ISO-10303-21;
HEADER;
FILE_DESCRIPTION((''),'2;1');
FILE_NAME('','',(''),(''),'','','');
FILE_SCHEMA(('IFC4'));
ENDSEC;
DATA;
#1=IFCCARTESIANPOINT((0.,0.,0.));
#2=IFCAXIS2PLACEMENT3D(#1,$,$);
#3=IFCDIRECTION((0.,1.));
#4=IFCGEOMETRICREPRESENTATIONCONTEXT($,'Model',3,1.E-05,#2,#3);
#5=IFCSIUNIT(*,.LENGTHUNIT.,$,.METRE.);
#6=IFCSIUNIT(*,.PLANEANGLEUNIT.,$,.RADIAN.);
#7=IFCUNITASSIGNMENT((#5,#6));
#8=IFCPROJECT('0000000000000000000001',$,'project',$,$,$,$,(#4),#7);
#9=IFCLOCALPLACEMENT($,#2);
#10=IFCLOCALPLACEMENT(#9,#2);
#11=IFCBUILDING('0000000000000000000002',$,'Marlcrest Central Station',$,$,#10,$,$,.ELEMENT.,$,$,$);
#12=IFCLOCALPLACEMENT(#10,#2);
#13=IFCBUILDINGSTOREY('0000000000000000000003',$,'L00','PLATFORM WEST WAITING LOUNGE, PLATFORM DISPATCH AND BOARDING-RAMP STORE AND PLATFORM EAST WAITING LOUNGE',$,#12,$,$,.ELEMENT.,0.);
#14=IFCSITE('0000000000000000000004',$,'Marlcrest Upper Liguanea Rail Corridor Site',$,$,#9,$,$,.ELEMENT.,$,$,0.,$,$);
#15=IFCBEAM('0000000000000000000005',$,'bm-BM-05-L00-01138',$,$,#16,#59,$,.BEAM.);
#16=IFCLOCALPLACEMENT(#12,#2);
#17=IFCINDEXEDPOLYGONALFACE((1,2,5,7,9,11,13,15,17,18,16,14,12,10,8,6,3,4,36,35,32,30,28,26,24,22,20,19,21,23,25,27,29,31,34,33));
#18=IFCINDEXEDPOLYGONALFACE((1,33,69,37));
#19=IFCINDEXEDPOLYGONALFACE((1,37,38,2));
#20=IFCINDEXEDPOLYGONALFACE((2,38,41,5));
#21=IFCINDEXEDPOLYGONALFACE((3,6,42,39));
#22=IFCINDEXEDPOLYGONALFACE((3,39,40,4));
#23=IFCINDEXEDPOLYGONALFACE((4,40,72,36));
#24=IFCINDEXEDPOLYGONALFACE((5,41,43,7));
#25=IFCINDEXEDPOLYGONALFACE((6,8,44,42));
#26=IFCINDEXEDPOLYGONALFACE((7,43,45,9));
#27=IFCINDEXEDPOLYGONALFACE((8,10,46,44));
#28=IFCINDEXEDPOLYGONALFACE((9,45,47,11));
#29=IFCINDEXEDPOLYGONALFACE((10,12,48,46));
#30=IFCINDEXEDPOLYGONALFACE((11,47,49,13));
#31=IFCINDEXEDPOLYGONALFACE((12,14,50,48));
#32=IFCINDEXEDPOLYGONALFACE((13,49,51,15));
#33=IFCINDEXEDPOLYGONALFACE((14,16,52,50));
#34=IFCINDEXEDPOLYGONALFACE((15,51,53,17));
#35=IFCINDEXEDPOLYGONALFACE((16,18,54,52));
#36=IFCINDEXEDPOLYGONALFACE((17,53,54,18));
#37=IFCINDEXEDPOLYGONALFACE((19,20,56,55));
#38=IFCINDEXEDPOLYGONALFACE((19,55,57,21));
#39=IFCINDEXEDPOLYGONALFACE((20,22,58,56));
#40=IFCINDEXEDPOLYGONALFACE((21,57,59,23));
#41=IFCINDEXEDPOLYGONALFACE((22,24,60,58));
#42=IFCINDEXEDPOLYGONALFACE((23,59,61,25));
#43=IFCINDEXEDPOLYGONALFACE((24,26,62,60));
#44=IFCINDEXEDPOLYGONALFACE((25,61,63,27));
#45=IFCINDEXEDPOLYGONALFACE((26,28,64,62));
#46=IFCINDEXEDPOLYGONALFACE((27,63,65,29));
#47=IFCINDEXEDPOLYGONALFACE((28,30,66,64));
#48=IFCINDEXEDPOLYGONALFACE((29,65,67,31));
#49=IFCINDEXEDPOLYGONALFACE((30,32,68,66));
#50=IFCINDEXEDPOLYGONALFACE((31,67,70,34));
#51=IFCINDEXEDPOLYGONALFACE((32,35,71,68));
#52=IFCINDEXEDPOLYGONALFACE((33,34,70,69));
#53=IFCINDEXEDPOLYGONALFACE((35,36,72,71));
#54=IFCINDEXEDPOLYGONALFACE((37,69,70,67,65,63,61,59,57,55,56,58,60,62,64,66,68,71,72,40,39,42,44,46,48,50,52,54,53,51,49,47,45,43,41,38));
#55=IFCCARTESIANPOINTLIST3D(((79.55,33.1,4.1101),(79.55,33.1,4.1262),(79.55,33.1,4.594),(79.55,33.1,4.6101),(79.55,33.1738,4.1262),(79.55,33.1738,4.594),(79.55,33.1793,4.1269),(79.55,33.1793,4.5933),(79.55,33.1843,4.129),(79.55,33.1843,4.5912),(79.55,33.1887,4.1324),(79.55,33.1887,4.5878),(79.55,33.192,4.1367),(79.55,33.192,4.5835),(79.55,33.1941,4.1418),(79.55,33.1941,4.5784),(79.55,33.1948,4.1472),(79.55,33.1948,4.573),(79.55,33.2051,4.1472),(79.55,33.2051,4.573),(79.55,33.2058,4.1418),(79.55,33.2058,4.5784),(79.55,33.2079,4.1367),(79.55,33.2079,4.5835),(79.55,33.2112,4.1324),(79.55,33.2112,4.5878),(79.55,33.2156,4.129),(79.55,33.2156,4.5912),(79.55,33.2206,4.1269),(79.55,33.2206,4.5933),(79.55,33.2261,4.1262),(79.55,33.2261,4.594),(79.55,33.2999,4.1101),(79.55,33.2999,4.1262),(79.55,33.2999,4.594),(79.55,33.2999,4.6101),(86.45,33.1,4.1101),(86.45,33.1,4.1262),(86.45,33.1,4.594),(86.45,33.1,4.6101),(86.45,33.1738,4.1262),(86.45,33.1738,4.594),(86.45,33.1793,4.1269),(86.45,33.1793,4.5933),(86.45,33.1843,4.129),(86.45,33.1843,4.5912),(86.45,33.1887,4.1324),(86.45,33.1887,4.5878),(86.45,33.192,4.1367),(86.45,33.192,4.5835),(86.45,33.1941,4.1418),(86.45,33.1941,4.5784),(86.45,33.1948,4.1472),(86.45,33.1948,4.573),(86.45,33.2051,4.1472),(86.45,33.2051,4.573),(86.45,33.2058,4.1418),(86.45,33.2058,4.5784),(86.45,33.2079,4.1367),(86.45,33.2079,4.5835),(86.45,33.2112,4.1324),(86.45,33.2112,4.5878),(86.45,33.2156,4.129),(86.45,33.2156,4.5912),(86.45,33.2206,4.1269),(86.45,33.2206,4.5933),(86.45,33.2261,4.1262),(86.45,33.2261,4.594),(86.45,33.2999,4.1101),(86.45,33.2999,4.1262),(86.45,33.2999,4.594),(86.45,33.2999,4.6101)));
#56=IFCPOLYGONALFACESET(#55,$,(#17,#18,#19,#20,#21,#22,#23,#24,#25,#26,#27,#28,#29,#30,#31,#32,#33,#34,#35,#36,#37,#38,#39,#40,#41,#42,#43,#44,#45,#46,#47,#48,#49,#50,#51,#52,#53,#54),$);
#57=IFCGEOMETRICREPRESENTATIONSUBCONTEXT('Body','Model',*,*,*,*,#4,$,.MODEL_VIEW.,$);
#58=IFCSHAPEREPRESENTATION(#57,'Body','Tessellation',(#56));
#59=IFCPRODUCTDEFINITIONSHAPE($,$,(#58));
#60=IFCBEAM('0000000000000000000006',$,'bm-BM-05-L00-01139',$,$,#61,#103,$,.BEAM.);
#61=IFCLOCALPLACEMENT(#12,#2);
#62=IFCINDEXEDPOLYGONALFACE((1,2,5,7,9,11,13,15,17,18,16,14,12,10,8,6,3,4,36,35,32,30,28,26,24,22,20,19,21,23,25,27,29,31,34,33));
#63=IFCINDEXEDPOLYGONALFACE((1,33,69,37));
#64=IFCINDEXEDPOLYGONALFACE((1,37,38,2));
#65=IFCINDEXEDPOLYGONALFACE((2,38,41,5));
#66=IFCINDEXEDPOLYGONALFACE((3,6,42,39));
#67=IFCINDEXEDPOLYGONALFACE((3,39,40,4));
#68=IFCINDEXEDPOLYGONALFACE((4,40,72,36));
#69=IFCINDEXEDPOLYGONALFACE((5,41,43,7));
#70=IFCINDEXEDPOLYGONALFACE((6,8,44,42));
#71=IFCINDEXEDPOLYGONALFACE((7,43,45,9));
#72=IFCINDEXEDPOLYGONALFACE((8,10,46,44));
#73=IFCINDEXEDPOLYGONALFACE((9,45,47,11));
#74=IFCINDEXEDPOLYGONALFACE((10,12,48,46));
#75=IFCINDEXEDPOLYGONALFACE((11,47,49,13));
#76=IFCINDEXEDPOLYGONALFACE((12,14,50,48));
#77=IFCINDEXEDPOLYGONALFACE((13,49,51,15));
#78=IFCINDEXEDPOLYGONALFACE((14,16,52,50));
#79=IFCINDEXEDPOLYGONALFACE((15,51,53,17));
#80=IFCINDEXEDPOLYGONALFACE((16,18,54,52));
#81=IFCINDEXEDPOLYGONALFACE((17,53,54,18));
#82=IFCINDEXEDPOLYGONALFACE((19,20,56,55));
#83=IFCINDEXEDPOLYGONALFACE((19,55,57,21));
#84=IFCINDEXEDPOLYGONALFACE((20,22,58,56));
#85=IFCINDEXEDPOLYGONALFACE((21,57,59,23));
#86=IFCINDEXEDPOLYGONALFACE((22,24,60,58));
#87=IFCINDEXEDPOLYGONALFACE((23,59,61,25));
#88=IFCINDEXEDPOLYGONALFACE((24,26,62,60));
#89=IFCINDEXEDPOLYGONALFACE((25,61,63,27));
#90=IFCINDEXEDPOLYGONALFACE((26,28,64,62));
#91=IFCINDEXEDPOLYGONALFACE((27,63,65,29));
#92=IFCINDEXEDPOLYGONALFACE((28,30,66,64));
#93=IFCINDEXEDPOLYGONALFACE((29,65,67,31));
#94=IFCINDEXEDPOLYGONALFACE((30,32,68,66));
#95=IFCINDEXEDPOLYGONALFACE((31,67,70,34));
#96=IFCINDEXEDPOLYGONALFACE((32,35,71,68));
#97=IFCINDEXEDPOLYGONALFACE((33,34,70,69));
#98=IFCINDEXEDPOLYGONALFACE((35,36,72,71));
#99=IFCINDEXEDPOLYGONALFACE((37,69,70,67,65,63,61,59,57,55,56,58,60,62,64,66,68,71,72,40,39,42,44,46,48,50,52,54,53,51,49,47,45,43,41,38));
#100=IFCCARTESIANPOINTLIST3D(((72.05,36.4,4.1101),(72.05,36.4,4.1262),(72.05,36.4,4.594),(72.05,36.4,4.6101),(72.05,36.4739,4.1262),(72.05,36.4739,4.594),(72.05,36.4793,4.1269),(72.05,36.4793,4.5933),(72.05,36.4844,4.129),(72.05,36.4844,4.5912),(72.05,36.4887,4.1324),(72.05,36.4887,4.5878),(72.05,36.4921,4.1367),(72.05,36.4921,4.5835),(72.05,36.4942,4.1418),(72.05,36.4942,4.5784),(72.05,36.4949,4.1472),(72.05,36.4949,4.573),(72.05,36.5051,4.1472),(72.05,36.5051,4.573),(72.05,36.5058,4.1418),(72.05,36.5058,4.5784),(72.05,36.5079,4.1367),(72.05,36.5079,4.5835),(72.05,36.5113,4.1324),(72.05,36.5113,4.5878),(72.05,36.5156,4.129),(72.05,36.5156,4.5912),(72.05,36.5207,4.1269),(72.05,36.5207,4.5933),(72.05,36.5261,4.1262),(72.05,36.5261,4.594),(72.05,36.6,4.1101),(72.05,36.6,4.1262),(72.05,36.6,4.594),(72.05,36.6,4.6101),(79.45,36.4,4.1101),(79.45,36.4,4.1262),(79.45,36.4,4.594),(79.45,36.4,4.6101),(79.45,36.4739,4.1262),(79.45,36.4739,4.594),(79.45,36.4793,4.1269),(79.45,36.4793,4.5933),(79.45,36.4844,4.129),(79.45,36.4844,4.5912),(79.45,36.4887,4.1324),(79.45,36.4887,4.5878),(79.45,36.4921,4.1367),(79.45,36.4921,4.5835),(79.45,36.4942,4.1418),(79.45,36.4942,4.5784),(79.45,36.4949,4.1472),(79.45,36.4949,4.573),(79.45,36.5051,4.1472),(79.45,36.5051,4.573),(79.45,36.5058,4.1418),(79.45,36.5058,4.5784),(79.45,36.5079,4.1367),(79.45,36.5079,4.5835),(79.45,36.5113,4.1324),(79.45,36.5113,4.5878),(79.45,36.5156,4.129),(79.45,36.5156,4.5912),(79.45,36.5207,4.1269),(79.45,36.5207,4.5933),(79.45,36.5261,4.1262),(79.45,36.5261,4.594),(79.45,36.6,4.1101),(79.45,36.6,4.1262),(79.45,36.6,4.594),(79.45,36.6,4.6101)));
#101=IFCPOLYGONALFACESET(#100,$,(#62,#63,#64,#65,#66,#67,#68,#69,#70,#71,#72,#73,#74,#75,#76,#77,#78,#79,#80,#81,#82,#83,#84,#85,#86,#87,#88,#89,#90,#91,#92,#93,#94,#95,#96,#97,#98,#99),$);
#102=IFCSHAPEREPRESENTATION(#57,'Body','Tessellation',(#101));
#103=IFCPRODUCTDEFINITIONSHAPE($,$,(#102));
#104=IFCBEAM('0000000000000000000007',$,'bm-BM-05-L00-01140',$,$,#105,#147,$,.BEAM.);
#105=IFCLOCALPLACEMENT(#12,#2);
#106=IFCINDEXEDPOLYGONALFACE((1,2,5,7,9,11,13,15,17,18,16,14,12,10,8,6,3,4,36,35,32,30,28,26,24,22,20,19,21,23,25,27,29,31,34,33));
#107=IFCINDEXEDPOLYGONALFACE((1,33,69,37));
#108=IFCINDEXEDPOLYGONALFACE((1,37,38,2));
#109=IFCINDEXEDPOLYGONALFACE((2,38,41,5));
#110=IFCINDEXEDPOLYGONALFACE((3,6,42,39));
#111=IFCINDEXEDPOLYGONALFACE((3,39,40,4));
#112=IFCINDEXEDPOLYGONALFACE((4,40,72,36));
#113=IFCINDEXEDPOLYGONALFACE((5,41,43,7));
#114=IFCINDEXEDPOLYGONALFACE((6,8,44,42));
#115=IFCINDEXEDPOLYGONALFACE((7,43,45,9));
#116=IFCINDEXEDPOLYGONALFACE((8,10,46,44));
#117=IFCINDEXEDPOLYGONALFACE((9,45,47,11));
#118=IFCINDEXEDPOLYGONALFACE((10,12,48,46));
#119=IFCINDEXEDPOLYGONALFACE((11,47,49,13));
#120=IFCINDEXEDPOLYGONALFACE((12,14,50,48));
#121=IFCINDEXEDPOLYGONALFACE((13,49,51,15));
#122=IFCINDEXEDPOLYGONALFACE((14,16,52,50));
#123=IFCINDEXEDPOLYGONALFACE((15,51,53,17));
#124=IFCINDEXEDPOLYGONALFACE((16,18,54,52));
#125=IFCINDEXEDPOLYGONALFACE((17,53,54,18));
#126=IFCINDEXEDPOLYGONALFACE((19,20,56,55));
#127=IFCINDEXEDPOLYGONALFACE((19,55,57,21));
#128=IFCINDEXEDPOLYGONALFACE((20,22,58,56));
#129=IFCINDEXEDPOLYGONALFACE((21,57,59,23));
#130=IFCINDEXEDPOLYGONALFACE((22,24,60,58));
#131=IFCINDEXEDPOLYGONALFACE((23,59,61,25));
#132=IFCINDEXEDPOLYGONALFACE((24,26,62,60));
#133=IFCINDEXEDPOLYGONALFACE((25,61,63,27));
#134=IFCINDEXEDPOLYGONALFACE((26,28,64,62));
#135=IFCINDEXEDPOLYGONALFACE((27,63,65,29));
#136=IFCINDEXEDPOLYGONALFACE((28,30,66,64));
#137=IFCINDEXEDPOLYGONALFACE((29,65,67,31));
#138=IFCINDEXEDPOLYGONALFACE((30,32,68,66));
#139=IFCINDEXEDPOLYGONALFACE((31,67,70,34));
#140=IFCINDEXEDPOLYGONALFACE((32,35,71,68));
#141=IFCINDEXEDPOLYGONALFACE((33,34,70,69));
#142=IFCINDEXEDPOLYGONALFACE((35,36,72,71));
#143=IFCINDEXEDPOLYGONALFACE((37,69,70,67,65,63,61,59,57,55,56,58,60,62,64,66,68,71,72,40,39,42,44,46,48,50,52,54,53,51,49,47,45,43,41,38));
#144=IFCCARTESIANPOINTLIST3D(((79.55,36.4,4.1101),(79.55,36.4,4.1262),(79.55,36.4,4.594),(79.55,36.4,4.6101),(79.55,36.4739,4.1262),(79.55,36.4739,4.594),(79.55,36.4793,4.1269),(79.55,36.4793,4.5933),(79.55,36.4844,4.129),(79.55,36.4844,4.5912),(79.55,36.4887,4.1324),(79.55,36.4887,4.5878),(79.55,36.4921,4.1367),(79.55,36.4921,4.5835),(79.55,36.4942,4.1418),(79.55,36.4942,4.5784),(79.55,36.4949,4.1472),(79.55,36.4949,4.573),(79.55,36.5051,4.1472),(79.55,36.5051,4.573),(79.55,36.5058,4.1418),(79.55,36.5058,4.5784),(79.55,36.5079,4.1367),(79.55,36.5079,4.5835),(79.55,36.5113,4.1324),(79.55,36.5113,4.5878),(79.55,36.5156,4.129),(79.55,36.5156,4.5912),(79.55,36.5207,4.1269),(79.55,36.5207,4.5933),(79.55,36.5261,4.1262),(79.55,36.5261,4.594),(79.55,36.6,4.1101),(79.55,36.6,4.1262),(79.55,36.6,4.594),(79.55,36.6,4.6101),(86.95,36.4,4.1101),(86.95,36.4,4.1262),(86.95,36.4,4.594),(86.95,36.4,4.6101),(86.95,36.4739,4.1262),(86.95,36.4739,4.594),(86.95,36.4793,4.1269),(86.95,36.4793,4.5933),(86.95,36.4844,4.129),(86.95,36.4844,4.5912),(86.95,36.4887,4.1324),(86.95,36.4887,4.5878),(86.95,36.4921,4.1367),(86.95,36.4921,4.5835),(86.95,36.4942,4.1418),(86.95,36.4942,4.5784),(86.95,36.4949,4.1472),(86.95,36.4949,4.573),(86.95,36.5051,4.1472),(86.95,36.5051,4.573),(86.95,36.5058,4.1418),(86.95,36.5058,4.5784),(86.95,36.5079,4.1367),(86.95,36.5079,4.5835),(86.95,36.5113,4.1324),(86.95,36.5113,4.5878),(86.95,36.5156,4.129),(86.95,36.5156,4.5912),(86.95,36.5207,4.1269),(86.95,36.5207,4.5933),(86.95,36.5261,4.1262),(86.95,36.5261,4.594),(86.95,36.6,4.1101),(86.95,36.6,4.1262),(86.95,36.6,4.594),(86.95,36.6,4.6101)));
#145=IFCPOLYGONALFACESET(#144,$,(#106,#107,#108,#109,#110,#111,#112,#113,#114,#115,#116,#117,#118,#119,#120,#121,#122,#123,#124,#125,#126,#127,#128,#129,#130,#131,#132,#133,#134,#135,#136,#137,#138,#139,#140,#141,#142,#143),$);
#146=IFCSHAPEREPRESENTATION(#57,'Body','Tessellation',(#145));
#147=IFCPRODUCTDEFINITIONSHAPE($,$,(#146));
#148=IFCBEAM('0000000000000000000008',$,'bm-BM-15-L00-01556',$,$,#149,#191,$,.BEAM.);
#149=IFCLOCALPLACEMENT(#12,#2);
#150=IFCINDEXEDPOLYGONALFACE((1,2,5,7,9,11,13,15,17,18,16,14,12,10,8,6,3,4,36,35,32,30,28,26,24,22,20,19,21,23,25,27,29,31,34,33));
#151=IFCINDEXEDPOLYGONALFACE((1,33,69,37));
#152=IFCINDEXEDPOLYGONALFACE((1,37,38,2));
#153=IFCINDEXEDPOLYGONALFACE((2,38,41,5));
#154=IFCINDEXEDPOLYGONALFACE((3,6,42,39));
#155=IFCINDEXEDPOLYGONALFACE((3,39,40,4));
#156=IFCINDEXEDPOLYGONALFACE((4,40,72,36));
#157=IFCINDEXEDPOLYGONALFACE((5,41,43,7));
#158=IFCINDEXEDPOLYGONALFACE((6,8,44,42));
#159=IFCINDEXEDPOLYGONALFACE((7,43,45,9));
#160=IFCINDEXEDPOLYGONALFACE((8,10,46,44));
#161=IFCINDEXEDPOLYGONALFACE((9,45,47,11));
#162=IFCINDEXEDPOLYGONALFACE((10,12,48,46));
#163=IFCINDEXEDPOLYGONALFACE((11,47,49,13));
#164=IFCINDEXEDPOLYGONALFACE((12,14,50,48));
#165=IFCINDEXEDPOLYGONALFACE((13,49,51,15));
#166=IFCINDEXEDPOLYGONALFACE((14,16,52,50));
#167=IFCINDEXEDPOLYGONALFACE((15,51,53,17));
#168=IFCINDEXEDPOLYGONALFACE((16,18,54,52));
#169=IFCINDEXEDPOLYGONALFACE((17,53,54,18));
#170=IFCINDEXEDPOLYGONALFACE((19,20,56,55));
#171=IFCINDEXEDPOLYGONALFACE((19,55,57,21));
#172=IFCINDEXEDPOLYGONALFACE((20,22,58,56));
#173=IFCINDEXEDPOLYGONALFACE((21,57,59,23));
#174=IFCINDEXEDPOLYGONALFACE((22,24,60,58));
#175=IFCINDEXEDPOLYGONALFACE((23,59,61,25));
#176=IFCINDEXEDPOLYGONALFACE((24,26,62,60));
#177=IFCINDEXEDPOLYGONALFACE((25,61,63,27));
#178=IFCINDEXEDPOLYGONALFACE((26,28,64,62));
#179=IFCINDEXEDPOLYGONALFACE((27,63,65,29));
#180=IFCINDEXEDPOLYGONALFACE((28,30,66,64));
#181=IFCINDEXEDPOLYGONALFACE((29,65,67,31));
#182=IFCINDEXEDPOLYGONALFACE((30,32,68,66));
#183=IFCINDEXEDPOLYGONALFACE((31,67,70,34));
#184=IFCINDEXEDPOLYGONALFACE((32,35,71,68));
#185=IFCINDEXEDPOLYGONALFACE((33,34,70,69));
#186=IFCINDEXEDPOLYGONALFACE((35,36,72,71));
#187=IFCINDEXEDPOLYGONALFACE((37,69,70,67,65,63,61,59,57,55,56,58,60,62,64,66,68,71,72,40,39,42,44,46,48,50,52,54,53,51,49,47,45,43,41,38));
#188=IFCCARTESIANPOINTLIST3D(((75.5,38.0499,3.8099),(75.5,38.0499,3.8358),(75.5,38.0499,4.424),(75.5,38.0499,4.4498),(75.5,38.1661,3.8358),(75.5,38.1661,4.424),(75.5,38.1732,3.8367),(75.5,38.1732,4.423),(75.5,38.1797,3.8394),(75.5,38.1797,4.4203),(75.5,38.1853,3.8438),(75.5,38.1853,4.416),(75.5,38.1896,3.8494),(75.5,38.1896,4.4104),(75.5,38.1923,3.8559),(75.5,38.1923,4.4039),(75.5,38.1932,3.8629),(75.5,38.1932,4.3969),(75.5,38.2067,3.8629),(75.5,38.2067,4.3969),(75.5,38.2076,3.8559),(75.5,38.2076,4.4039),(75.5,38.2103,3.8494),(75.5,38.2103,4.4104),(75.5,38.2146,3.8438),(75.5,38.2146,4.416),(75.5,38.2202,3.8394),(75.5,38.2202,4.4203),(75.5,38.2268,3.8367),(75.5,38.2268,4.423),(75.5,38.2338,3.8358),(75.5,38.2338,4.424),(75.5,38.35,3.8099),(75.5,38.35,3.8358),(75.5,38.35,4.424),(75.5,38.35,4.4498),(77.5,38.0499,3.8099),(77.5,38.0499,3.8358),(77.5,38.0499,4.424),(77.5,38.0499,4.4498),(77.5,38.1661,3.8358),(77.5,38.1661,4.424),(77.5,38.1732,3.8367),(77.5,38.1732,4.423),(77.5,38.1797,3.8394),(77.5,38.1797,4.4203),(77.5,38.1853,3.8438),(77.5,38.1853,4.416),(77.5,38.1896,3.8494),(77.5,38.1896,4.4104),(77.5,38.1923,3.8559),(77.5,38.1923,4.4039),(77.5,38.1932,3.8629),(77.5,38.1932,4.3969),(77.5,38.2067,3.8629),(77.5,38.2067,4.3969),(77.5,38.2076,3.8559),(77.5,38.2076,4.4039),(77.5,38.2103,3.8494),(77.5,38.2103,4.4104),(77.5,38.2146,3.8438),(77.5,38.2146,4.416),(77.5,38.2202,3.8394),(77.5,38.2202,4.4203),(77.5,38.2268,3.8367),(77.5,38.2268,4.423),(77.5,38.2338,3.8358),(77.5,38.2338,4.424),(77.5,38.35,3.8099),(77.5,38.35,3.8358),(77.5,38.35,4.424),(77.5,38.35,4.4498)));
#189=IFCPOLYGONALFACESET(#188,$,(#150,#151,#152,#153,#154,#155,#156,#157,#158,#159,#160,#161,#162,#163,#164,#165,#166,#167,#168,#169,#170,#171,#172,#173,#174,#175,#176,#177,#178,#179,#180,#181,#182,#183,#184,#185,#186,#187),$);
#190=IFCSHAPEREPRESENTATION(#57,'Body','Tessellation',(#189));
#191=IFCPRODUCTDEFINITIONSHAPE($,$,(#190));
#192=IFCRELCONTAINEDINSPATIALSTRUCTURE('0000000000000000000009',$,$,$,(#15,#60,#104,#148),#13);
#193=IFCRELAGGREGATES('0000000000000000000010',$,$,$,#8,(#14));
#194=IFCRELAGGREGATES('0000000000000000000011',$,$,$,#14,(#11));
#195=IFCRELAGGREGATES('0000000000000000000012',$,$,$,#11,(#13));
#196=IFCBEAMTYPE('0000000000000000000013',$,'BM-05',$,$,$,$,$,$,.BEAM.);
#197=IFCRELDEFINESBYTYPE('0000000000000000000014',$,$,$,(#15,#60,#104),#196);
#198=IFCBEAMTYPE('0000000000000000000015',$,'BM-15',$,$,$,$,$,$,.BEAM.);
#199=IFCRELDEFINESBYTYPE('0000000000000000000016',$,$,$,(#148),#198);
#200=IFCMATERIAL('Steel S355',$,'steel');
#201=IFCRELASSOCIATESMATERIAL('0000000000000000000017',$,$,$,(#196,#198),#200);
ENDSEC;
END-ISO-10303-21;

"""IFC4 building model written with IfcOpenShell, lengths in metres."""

from ifc_helpers import new_model, si_unit, direction, frame, origin, origin_2d, place, context, subcontext, project, spatial, i_section, extrude, material, material_profile, profile_set, type_object, element, save


model = new_model("IFC4")

# Units and contexts
model_context = context("Model", 3, precision=1e-05, world=origin(), true_north=direction((0.0, 1.0)))
body_context = subcontext(model_context, "Body", "Model", "MODEL_VIEW")
ifc_project = project(units=[si_unit("LENGTHUNIT", "METRE"), si_unit("PLANEANGLEUNIT", "RADIAN")], contexts=[model_context])

# Site, building, storey
site_placement = place(None, origin())
site = spatial("IfcSite", under=ifc_project, at=site_placement, Name="Marlcrest Upper Liguanea Rail Corridor Site", CompositionType="ELEMENT", RefElevation=0.0)
building_placement = place(site_placement, origin())
building = spatial("IfcBuilding", under=site, at=building_placement, Name="Marlcrest Central Station", CompositionType="ELEMENT")
storey_placement = place(building_placement, origin())
storey = spatial("IfcBuildingStorey", under=building, at=storey_placement, Name="L00", Description="PLATFORM WEST WAITING LOUNGE, PLATFORM DISPATCH AND BOARDING-RAMP STORE AND PLATFORM EAST WAITING LOUNGE", CompositionType="ELEMENT", Elevation=0.0)

# Shared definitions
ifc_material_1 = material(Name="Steel S355", Category="steel")

# Beams
ifc_material_profile_1 = material_profile(ifc_material_1, i_section(OverallWidth=0.2, OverallDepth=0.5, WebThickness=0.0103, FlangeThickness=0.0161, FilletRadius=0.021, at=origin_2d()), Name="IPE 500")
ifc_profile_set_1 = profile_set([ifc_material_profile_1], Name="Steel S355")
beam_type_1 = type_object("IfcBeamType", Name="BM-05", PredefinedType="BEAM", material=ifc_profile_set_1)
beam_1_placement = place(storey_placement, frame((79.55, 33.2, 4.3601), z_axis=(1.0, 0.0, 0.0), x_axis=(0.0, 1.0, 0.0)))
element("IfcBeam", 1, at=beam_1_placement, inside=storey, type_object=beam_type_1, Name="bm-BM-05-L00-01138", PredefinedType="BEAM", context=body_context, shape_type="SweptSolid", body=[
    extrude(i_section(OverallWidth=0.2, OverallDepth=0.5, WebThickness=0.0103, FlangeThickness=0.0161, FilletRadius=0.021, at=origin_2d()), origin(), (0.0, 0.0, 1.0), 6.8999),
])
for number, where, z_axis, x_axis, name in (
    (2, (72.05, 36.5, 4.3601), (1.0, 0.0, 0.0), (0.0, 1.0, 0.0), "bm-BM-05-L00-01139"),
    (3, (79.55, 36.5, 4.3601), (1.0, 0.0, 0.0), (0.0, 1.0, 0.0), "bm-BM-05-L00-01140"),
):
    element("IfcBeam", number, at=place(storey_placement, frame(where, z_axis=z_axis, x_axis=x_axis)), inside=storey, type_object=beam_type_1, Name=name, PredefinedType="BEAM", context=body_context, shape_type="SweptSolid", body=[
        extrude(i_section(OverallWidth=0.2, OverallDepth=0.5, WebThickness=0.0103, FlangeThickness=0.0161, FilletRadius=0.021, at=origin_2d()), origin(), (0.0, 0.0, 1.0), 7.3999),
    ])
ifc_material_profile_2 = material_profile(ifc_material_1, i_section(OverallWidth=0.3, OverallDepth=0.6399, WebThickness=0.0134, FlangeThickness=0.0259, FilletRadius=0.0271, at=origin_2d()), Name="HEA 650")
ifc_profile_set_2 = profile_set([ifc_material_profile_2], Name="Steel S355")
beam_type_2 = type_object("IfcBeamType", Name="BM-15", PredefinedType="BEAM", material=ifc_profile_set_2)
beam_2_placement = place(storey_placement, frame((75.5, 38.2, 4.1299), z_axis=(1.0, 0.0, 0.0), x_axis=(0.0, 1.0, 0.0)))
element("IfcBeam", 4, at=beam_2_placement, inside=storey, type_object=beam_type_2, Name="bm-BM-15-L00-01556", PredefinedType="BEAM", context=body_context, shape_type="SweptSolid", body=[
    extrude(i_section(OverallWidth=0.3, OverallDepth=0.6399, WebThickness=0.0134, FlangeThickness=0.0259, FilletRadius=0.0271, at=origin_2d()), origin(), (0.0, 0.0, 1.0), 2.0),
])

save(model, "model.ifc")
